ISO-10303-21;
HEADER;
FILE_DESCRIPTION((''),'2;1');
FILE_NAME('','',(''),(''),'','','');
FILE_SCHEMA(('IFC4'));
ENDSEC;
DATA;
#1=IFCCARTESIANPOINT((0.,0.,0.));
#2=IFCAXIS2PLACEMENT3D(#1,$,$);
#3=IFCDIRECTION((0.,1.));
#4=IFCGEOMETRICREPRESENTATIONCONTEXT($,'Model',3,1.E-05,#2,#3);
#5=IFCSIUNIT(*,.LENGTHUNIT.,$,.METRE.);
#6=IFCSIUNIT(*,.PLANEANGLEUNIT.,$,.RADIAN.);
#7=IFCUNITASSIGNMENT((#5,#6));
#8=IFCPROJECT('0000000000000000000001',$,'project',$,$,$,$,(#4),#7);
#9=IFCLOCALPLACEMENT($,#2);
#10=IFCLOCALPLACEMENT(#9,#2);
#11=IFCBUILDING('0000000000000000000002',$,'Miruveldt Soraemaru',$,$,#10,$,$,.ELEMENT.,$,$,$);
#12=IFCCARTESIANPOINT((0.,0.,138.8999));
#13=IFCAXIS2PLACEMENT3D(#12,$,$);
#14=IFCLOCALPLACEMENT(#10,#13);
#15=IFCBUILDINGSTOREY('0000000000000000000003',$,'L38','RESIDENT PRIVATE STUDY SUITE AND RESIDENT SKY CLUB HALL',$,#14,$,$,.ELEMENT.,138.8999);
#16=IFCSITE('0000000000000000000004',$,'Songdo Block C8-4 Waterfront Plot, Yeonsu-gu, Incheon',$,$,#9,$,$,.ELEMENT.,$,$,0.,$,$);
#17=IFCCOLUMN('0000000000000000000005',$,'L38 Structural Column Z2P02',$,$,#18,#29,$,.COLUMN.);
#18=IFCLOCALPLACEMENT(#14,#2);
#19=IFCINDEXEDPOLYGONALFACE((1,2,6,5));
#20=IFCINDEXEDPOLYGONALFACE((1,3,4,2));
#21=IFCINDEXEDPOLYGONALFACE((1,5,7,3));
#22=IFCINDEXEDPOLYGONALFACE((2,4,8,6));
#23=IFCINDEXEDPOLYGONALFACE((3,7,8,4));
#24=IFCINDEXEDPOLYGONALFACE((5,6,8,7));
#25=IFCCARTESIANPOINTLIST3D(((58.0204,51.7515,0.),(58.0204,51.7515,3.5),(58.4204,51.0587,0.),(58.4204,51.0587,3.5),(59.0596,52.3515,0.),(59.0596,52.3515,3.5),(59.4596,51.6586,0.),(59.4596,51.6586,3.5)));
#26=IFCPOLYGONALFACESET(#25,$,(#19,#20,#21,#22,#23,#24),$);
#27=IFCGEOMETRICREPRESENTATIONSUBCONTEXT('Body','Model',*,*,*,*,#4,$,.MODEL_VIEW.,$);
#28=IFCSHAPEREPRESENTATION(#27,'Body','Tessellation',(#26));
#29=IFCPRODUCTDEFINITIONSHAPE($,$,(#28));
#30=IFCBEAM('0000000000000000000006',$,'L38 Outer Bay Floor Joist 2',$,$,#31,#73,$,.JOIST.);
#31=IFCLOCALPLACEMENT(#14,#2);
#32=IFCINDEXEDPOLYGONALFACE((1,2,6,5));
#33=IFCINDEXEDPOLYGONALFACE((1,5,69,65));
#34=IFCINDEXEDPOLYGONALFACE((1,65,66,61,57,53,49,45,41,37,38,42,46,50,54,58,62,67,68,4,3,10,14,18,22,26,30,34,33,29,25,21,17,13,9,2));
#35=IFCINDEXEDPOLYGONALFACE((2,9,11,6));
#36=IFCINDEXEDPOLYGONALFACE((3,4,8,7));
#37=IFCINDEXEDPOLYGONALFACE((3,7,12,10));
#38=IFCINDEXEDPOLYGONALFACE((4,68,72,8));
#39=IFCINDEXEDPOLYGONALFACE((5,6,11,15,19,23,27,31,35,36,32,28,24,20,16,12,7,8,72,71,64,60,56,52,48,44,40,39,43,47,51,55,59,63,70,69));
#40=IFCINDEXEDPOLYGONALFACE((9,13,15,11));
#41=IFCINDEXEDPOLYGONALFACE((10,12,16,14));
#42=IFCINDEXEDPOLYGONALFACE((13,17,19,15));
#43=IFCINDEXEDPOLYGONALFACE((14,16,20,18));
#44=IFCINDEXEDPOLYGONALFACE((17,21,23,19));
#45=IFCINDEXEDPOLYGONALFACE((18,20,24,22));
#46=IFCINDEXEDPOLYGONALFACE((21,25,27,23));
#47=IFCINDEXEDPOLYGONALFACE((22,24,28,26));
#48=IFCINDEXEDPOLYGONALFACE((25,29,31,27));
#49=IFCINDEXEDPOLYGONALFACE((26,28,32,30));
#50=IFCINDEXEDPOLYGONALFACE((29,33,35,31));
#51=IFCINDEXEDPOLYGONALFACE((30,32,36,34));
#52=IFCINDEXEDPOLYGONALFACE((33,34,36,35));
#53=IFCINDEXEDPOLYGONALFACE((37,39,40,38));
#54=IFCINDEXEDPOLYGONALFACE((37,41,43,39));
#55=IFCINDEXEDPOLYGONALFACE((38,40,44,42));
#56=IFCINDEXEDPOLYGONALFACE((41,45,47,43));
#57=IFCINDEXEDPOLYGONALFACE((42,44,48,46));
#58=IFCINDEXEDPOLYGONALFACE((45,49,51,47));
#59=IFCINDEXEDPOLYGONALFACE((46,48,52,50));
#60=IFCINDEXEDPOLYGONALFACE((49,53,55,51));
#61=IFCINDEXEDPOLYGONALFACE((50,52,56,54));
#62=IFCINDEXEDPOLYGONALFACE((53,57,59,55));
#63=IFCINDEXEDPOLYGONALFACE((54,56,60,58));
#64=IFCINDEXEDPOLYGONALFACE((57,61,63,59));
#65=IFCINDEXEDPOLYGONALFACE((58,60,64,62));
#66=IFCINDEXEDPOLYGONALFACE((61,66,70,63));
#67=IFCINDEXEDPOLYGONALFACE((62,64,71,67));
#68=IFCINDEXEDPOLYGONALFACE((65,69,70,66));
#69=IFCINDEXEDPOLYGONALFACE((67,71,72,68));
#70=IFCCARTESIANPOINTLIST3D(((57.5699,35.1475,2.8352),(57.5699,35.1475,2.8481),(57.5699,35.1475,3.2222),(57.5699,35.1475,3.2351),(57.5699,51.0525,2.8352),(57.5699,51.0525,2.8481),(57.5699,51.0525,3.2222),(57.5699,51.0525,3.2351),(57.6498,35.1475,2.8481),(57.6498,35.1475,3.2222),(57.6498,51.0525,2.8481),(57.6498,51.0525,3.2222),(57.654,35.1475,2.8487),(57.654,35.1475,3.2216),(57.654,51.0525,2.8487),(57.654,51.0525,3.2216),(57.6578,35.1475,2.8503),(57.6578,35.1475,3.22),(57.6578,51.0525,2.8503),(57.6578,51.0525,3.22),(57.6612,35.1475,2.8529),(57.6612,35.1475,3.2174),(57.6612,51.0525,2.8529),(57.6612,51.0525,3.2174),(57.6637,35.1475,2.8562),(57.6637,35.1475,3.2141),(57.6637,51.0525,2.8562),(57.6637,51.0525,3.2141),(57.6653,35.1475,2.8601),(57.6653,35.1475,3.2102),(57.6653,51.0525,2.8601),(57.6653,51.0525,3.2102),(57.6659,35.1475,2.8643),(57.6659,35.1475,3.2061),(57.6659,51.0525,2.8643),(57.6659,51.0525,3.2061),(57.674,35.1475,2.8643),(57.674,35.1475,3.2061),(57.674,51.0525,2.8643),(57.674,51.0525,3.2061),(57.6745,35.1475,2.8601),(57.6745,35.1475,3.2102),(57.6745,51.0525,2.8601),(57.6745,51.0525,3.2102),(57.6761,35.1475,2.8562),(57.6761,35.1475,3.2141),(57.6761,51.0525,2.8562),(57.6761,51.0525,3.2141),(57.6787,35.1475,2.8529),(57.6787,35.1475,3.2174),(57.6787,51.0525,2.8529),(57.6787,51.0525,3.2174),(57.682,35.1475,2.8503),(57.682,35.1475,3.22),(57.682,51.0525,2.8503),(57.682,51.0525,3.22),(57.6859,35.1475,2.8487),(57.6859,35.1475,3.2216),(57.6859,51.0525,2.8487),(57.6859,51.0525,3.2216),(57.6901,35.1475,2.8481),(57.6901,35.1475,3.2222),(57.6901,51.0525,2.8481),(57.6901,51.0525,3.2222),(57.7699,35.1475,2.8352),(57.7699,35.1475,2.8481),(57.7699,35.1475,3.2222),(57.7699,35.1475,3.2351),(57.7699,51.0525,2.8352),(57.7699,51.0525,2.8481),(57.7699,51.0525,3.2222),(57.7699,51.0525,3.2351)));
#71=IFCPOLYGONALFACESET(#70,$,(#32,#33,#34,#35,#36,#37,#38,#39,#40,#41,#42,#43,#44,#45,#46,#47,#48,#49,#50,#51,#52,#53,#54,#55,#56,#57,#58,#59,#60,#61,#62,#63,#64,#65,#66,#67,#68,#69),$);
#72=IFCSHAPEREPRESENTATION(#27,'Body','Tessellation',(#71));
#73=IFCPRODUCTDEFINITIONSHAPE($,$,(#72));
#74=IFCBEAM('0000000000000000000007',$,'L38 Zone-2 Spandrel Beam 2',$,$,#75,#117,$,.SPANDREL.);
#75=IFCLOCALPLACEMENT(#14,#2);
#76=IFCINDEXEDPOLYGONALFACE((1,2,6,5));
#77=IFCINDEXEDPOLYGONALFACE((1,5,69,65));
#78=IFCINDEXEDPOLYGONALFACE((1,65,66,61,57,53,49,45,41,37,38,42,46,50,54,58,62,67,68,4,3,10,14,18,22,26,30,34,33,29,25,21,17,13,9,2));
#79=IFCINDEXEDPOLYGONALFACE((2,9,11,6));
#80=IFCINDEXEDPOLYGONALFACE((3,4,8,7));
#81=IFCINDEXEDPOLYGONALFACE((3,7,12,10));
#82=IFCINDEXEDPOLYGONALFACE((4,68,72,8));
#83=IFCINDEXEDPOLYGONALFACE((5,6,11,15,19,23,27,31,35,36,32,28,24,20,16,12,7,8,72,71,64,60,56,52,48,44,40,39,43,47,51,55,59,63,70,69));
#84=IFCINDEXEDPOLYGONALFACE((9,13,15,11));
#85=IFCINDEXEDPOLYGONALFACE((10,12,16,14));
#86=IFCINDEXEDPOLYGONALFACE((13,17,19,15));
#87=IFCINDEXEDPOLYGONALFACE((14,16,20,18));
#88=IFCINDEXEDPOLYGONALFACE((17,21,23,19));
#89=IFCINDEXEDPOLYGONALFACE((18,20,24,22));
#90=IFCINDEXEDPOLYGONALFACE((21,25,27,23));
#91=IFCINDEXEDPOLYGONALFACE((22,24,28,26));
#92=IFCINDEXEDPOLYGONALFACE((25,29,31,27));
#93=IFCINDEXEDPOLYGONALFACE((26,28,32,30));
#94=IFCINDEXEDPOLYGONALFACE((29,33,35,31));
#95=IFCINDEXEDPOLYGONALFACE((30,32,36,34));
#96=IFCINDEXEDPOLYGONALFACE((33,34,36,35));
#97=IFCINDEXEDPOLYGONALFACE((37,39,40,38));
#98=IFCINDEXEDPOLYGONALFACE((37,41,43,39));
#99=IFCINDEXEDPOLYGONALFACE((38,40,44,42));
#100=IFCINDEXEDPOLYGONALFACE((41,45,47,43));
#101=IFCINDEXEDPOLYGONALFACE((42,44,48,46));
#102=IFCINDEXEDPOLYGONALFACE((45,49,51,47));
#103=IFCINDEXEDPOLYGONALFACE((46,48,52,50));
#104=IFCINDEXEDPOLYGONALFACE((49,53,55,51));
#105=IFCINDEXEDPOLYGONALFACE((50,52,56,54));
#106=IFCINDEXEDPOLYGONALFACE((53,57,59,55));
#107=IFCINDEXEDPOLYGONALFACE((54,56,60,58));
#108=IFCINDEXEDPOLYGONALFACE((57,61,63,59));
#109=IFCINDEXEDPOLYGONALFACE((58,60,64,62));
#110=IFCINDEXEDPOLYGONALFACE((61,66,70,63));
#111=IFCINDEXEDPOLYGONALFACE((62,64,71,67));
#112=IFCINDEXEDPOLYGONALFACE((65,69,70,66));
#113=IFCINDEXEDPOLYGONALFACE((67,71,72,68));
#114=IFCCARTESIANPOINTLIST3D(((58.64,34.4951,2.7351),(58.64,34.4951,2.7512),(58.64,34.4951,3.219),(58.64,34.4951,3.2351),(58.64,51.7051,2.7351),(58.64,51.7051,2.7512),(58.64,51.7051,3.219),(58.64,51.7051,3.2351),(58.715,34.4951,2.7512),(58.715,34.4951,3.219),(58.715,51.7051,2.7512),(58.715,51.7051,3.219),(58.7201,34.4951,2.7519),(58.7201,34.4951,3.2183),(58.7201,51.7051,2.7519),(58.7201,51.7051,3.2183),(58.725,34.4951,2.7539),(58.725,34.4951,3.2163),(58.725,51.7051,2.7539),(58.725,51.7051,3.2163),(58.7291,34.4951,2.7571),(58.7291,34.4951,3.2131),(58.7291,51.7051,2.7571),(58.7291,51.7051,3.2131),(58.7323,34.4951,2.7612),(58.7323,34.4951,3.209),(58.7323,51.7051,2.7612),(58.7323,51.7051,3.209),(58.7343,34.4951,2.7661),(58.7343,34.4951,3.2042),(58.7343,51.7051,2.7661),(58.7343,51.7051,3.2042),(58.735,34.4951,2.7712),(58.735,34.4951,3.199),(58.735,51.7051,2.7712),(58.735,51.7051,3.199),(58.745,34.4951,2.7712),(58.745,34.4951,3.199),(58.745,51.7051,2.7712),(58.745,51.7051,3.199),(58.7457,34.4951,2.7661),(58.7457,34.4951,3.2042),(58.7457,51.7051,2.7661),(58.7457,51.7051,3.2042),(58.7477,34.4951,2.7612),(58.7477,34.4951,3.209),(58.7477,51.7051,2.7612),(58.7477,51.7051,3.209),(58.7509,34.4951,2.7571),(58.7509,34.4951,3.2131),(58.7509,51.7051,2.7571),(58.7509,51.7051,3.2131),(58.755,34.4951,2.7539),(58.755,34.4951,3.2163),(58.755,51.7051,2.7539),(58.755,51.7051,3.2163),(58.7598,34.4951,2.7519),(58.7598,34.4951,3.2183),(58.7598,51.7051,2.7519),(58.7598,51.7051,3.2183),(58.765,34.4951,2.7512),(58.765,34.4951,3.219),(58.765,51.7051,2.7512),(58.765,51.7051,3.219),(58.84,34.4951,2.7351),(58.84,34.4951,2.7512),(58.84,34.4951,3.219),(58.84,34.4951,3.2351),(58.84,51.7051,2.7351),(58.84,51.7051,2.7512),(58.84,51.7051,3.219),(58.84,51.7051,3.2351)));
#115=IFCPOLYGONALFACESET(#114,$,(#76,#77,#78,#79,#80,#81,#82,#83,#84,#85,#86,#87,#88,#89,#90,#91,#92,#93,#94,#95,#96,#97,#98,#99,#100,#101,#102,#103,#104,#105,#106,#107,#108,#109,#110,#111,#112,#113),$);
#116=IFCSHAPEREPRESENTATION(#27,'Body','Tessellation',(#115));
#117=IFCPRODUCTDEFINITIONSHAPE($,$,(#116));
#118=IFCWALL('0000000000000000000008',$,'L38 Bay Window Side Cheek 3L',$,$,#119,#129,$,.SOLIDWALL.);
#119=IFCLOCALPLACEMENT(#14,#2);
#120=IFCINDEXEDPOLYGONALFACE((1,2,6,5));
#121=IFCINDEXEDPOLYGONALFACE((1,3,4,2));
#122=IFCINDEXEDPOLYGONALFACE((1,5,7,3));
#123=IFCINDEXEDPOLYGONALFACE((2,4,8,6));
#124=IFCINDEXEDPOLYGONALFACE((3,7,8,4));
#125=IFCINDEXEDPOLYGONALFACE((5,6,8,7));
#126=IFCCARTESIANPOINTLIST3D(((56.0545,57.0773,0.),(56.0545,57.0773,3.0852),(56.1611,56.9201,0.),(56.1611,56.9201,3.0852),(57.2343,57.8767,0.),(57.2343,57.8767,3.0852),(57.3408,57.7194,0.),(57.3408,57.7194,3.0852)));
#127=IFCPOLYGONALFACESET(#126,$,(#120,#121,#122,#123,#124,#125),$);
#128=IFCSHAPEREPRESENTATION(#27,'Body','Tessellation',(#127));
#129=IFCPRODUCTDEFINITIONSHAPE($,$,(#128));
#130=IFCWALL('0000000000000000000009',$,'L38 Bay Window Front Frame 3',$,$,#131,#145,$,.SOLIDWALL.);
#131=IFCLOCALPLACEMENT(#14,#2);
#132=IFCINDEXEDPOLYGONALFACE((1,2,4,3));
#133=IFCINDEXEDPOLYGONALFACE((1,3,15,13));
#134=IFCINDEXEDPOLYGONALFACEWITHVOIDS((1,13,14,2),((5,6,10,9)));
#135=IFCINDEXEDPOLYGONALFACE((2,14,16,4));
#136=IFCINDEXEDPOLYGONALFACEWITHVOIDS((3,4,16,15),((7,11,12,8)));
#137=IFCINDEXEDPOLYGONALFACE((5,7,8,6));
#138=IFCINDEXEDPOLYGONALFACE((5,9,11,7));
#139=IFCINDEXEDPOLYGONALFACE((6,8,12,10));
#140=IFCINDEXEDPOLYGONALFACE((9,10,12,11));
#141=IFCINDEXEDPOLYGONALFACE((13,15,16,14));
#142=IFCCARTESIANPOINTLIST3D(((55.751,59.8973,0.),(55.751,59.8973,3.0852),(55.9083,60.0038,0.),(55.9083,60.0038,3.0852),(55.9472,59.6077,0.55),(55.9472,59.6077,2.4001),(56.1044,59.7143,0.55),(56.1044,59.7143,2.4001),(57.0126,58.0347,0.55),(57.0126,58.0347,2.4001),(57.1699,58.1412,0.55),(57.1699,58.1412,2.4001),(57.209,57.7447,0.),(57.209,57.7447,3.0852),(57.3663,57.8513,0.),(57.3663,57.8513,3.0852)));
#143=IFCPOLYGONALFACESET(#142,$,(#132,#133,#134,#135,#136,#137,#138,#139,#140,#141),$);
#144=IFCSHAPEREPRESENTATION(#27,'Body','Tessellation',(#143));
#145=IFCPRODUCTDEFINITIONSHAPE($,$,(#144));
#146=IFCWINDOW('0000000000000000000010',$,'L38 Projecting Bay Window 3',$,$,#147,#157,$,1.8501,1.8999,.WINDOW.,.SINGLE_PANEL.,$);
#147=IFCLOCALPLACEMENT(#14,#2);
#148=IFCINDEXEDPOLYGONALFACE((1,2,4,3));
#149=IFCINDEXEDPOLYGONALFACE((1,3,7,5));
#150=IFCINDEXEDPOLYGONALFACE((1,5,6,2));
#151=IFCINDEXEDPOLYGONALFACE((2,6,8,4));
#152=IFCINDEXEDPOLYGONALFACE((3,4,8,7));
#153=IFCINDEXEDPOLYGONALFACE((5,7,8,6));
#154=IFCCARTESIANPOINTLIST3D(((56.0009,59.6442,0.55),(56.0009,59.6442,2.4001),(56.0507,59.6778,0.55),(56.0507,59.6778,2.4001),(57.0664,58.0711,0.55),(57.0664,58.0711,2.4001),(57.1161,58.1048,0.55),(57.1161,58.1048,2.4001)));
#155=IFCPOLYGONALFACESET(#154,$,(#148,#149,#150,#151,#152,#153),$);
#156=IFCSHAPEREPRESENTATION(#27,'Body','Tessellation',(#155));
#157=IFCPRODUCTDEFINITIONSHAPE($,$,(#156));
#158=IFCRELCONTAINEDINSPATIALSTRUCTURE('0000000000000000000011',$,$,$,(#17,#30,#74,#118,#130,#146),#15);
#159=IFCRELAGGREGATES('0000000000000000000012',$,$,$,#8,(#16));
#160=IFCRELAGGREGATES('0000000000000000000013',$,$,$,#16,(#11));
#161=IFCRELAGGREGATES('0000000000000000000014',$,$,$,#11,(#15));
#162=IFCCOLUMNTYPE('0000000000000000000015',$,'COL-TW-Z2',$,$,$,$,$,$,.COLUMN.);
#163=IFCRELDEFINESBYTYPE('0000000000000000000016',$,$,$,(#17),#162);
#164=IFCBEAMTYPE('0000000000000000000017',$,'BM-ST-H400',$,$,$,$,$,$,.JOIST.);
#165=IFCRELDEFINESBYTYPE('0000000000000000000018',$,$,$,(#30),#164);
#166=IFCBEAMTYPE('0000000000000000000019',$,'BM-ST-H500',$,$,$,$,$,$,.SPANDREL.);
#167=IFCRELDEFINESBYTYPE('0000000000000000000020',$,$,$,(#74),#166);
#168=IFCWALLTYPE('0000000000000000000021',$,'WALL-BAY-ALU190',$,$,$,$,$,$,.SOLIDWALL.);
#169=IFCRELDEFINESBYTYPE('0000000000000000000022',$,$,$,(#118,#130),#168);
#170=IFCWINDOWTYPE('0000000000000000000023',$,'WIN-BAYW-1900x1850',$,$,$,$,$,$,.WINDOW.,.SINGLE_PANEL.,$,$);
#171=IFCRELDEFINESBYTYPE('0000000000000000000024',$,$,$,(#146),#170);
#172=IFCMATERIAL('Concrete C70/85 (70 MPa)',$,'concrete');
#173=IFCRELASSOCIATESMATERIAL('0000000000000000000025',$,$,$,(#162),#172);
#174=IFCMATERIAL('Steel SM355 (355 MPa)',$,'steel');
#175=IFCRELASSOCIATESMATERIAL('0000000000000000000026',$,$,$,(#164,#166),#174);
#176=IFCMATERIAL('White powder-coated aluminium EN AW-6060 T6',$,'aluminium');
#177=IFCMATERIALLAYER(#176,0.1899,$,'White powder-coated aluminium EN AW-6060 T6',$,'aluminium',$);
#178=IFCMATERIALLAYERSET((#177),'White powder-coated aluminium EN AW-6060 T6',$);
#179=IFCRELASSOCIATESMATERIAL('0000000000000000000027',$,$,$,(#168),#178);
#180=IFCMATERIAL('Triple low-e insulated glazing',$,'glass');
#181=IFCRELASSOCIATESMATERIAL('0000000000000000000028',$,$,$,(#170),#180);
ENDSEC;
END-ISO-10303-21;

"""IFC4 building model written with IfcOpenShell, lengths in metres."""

from ifc_helpers import new_model, si_unit, direction, frame, frame_2d, origin, origin_2d, place, context, subcontext, project, spatial, rectangle, i_section, extrude, material, layer, layer_set, material_profile, profile_set, type_object, element, fill, save


model = new_model("IFC4")

# Units and contexts
model_context = context("Model", 3, precision=1e-05, world=origin(), true_north=direction((0.0, 1.0)))
body_context = subcontext(model_context, "Body", "Model", "MODEL_VIEW")
ifc_project = project(units=[si_unit("LENGTHUNIT", "METRE"), si_unit("PLANEANGLEUNIT", "RADIAN")], contexts=[model_context])

# Site, building, storey
site_placement = place(None, origin())
site = spatial("IfcSite", under=ifc_project, at=site_placement, Name="Songdo Block C8-4 Waterfront Plot, Yeonsu-gu, Incheon", CompositionType="ELEMENT", RefElevation=0.0)
building_placement = place(site_placement, origin())
building = spatial("IfcBuilding", under=site, at=building_placement, Name="Miruveldt Soraemaru", CompositionType="ELEMENT")
storey_placement = place(building_placement, frame((0.0, 0.0, 138.8999)))
storey = spatial("IfcBuildingStorey", under=building, at=storey_placement, Name="L38", Description="RESIDENT PRIVATE STUDY SUITE AND RESIDENT SKY CLUB HALL", CompositionType="ELEMENT", Elevation=138.8999)

# Column
ifc_material_1 = material(Name="Concrete C70/85 (70 MPa)", Category="concrete")
ifc_material_profile_1 = material_profile(ifc_material_1, rectangle(XDim=1.2, YDim=0.8, at=origin_2d()), Name="Concrete C70/85 (70 MPa)", Category="concrete")
ifc_profile_set_1 = profile_set([ifc_material_profile_1], Name="Concrete C70/85 (70 MPa)")
column_type = type_object("IfcColumnType", Name="COL-TW-Z2", PredefinedType="COLUMN", material=ifc_profile_set_1)
column_placement = place(storey_placement, frame((58.74, 51.7051, 0.0), z_axis=(0.0, 0.0, 1.0), x_axis=(0.866025, 0.5, 0.0)))
element("IfcColumn", 1, at=column_placement, inside=storey, type_object=column_type, Name="L38 Structural Column Z2P02", PredefinedType="COLUMN", context=body_context, shape_type="SweptSolid", body=[
    extrude(rectangle(XDim=1.2, YDim=0.8, at=origin_2d()), origin(), (0.0, 0.0, 1.0), 3.5),
])

# Beams
ifc_material_2 = material(Name="Steel SM355 (355 MPa)", Category="steel")
ifc_material_profile_2 = material_profile(ifc_material_2, i_section(OverallWidth=0.2, OverallDepth=0.3999, WebThickness=0.0081, FlangeThickness=0.0129, FilletRadius=0.0161, at=origin_2d()), Name="Steel SM355 (355 MPa)", Category="steel")
ifc_profile_set_2 = profile_set([ifc_material_profile_2], Name="Steel SM355 (355 MPa)")
beam_type_1 = type_object("IfcBeamType", Name="BM-ST-H400", PredefinedType="JOIST", material=ifc_profile_set_2)
beam_1_placement = place(storey_placement, frame((57.6699, 51.0525, 3.0352), z_axis=(0.0, -1.0, 0.0), x_axis=(1.0, 0.0, 0.0)))
element("IfcBeam", 2, at=beam_1_placement, inside=storey, type_object=beam_type_1, Name="L38 Outer Bay Floor Joist 2", PredefinedType="JOIST", context=body_context, shape_type="SweptSolid", body=[
    extrude(i_section(OverallWidth=0.2, OverallDepth=0.3999, WebThickness=0.0081, FlangeThickness=0.0129, FilletRadius=0.0161, at=origin_2d()), origin(), (0.0, 0.0, 1.0), 15.905),
])
ifc_material_profile_3 = material_profile(ifc_material_2, i_section(OverallWidth=0.2, OverallDepth=0.5, WebThickness=0.01, FlangeThickness=0.0161, FilletRadius=0.02, at=origin_2d()), Name="Steel SM355 (355 MPa)", Category="steel")
ifc_profile_set_3 = profile_set([ifc_material_profile_3], Name="Steel SM355 (355 MPa)")
beam_type_2 = type_object("IfcBeamType", Name="BM-ST-H500", PredefinedType="SPANDREL", material=ifc_profile_set_3)
beam_2_placement = place(storey_placement, frame((58.74, 51.7051, 2.9851), z_axis=(0.0, -1.0, 0.0), x_axis=(1.0, 0.0, 0.0)))
element("IfcBeam", 3, at=beam_2_placement, inside=storey, type_object=beam_type_2, Name="L38 Zone-2 Spandrel Beam 2", PredefinedType="SPANDREL", context=body_context, shape_type="SweptSolid", body=[
    extrude(i_section(OverallWidth=0.2, OverallDepth=0.5, WebThickness=0.01, FlangeThickness=0.0161, FilletRadius=0.02, at=origin_2d()), origin(), (0.0, 0.0, 1.0), 17.21),
])

# Wall
ifc_material_3 = material(Name="White powder-coated aluminium EN AW-6060 T6", Category="aluminium")
ifc_layer_1 = layer(ifc_material_3, 0.1899, Name="White powder-coated aluminium EN AW-6060 T6", Category="aluminium")
ifc_layer_set_1 = layer_set([ifc_layer_1], Name="White powder-coated aluminium EN AW-6060 T6")
wall_type_1 = type_object("IfcWallType", Name="WALL-BAY-ALU190", PredefinedType="SOLIDWALL", material=ifc_layer_set_1)
wall_1_placement = place(storey_placement, frame((56.1079, 56.9988, 0.0), z_axis=(0.0, 0.0, 1.0), x_axis=(0.827862, 0.560931, 0.0)))
element("IfcWall", 4, at=wall_1_placement, inside=storey, type_object=wall_type_1, Name="L38 Bay Window Side Cheek 3L", PredefinedType="SOLIDWALL", context=body_context, shape_type="SweptSolid", body=[
    extrude(rectangle(XDim=1.425, YDim=0.1899, at=frame_2d((0.7124, 0.0))), origin(), (0.0, 0.0, 1.0), 3.0852),
])

# Wall, opening, window
wall_2_placement = place(storey_placement, frame((57.2876, 57.7981, 0.0), z_axis=(0.0, 0.0, 1.0), x_axis=(-0.560796, 0.827954, 0.0)))
wall_2 = element("IfcWall", 5, at=wall_2_placement, inside=storey, type_object=wall_type_1, Name="L38 Bay Window Front Frame 3", PredefinedType="SOLIDWALL", context=body_context, shape_type="SweptSolid", body=[
    extrude(rectangle(XDim=2.5999, YDim=0.1899, at=frame_2d((1.2998, 0.0))), origin(), (0.0, 0.0, 1.0), 3.0852),
])
opening_1_placement = place(wall_2_placement, frame((0.3501, 0.0, 0.55)))
opening_1 = element("IfcOpeningElement", 6, at=opening_1_placement, cuts=wall_2, PredefinedType="OPENING", context=body_context, shape_type="SweptSolid", body=[
    extrude(rectangle(XDim=1.8999, YDim=1.8501, at=frame_2d((0.95, 0.925))), frame((0.0, 0.105, 0.0), z_axis=(0.0, -1.0, 0.0), x_axis=(1.0, 0.0, 0.0)), (0.0, 0.0, 1.0), 0.21),
])
ifc_material_4 = material(Name="Triple low-e insulated glazing", Category="glass")
window_type_1 = type_object("IfcWindowType", Name="WIN-BAYW-1900x1850", PartitioningType="SINGLE_PANEL", PredefinedType="WINDOW", material=ifc_material_4)
window_1_placement = place(opening_1_placement, origin())
window_1 = element("IfcWindow", 7, at=window_1_placement, inside=storey, type_object=window_type_1, Name="L38 Projecting Bay Window 3", OverallHeight=1.8501, OverallWidth=1.8999, PartitioningType="SINGLE_PANEL", PredefinedType="WINDOW", context=body_context, shape_type="SweptSolid", body=[
    extrude(rectangle(XDim=1.8999, YDim=1.8501, at=frame_2d((0.95, 0.925))), frame((0.0, 0.03, 0.0), z_axis=(0.0, -1.0, 0.0), x_axis=(1.0, 0.0, 0.0)), (0.0, 0.0, 1.0), 0.0601),
])
fill(opening_1, window_1)

save(model, "model.ifc")
